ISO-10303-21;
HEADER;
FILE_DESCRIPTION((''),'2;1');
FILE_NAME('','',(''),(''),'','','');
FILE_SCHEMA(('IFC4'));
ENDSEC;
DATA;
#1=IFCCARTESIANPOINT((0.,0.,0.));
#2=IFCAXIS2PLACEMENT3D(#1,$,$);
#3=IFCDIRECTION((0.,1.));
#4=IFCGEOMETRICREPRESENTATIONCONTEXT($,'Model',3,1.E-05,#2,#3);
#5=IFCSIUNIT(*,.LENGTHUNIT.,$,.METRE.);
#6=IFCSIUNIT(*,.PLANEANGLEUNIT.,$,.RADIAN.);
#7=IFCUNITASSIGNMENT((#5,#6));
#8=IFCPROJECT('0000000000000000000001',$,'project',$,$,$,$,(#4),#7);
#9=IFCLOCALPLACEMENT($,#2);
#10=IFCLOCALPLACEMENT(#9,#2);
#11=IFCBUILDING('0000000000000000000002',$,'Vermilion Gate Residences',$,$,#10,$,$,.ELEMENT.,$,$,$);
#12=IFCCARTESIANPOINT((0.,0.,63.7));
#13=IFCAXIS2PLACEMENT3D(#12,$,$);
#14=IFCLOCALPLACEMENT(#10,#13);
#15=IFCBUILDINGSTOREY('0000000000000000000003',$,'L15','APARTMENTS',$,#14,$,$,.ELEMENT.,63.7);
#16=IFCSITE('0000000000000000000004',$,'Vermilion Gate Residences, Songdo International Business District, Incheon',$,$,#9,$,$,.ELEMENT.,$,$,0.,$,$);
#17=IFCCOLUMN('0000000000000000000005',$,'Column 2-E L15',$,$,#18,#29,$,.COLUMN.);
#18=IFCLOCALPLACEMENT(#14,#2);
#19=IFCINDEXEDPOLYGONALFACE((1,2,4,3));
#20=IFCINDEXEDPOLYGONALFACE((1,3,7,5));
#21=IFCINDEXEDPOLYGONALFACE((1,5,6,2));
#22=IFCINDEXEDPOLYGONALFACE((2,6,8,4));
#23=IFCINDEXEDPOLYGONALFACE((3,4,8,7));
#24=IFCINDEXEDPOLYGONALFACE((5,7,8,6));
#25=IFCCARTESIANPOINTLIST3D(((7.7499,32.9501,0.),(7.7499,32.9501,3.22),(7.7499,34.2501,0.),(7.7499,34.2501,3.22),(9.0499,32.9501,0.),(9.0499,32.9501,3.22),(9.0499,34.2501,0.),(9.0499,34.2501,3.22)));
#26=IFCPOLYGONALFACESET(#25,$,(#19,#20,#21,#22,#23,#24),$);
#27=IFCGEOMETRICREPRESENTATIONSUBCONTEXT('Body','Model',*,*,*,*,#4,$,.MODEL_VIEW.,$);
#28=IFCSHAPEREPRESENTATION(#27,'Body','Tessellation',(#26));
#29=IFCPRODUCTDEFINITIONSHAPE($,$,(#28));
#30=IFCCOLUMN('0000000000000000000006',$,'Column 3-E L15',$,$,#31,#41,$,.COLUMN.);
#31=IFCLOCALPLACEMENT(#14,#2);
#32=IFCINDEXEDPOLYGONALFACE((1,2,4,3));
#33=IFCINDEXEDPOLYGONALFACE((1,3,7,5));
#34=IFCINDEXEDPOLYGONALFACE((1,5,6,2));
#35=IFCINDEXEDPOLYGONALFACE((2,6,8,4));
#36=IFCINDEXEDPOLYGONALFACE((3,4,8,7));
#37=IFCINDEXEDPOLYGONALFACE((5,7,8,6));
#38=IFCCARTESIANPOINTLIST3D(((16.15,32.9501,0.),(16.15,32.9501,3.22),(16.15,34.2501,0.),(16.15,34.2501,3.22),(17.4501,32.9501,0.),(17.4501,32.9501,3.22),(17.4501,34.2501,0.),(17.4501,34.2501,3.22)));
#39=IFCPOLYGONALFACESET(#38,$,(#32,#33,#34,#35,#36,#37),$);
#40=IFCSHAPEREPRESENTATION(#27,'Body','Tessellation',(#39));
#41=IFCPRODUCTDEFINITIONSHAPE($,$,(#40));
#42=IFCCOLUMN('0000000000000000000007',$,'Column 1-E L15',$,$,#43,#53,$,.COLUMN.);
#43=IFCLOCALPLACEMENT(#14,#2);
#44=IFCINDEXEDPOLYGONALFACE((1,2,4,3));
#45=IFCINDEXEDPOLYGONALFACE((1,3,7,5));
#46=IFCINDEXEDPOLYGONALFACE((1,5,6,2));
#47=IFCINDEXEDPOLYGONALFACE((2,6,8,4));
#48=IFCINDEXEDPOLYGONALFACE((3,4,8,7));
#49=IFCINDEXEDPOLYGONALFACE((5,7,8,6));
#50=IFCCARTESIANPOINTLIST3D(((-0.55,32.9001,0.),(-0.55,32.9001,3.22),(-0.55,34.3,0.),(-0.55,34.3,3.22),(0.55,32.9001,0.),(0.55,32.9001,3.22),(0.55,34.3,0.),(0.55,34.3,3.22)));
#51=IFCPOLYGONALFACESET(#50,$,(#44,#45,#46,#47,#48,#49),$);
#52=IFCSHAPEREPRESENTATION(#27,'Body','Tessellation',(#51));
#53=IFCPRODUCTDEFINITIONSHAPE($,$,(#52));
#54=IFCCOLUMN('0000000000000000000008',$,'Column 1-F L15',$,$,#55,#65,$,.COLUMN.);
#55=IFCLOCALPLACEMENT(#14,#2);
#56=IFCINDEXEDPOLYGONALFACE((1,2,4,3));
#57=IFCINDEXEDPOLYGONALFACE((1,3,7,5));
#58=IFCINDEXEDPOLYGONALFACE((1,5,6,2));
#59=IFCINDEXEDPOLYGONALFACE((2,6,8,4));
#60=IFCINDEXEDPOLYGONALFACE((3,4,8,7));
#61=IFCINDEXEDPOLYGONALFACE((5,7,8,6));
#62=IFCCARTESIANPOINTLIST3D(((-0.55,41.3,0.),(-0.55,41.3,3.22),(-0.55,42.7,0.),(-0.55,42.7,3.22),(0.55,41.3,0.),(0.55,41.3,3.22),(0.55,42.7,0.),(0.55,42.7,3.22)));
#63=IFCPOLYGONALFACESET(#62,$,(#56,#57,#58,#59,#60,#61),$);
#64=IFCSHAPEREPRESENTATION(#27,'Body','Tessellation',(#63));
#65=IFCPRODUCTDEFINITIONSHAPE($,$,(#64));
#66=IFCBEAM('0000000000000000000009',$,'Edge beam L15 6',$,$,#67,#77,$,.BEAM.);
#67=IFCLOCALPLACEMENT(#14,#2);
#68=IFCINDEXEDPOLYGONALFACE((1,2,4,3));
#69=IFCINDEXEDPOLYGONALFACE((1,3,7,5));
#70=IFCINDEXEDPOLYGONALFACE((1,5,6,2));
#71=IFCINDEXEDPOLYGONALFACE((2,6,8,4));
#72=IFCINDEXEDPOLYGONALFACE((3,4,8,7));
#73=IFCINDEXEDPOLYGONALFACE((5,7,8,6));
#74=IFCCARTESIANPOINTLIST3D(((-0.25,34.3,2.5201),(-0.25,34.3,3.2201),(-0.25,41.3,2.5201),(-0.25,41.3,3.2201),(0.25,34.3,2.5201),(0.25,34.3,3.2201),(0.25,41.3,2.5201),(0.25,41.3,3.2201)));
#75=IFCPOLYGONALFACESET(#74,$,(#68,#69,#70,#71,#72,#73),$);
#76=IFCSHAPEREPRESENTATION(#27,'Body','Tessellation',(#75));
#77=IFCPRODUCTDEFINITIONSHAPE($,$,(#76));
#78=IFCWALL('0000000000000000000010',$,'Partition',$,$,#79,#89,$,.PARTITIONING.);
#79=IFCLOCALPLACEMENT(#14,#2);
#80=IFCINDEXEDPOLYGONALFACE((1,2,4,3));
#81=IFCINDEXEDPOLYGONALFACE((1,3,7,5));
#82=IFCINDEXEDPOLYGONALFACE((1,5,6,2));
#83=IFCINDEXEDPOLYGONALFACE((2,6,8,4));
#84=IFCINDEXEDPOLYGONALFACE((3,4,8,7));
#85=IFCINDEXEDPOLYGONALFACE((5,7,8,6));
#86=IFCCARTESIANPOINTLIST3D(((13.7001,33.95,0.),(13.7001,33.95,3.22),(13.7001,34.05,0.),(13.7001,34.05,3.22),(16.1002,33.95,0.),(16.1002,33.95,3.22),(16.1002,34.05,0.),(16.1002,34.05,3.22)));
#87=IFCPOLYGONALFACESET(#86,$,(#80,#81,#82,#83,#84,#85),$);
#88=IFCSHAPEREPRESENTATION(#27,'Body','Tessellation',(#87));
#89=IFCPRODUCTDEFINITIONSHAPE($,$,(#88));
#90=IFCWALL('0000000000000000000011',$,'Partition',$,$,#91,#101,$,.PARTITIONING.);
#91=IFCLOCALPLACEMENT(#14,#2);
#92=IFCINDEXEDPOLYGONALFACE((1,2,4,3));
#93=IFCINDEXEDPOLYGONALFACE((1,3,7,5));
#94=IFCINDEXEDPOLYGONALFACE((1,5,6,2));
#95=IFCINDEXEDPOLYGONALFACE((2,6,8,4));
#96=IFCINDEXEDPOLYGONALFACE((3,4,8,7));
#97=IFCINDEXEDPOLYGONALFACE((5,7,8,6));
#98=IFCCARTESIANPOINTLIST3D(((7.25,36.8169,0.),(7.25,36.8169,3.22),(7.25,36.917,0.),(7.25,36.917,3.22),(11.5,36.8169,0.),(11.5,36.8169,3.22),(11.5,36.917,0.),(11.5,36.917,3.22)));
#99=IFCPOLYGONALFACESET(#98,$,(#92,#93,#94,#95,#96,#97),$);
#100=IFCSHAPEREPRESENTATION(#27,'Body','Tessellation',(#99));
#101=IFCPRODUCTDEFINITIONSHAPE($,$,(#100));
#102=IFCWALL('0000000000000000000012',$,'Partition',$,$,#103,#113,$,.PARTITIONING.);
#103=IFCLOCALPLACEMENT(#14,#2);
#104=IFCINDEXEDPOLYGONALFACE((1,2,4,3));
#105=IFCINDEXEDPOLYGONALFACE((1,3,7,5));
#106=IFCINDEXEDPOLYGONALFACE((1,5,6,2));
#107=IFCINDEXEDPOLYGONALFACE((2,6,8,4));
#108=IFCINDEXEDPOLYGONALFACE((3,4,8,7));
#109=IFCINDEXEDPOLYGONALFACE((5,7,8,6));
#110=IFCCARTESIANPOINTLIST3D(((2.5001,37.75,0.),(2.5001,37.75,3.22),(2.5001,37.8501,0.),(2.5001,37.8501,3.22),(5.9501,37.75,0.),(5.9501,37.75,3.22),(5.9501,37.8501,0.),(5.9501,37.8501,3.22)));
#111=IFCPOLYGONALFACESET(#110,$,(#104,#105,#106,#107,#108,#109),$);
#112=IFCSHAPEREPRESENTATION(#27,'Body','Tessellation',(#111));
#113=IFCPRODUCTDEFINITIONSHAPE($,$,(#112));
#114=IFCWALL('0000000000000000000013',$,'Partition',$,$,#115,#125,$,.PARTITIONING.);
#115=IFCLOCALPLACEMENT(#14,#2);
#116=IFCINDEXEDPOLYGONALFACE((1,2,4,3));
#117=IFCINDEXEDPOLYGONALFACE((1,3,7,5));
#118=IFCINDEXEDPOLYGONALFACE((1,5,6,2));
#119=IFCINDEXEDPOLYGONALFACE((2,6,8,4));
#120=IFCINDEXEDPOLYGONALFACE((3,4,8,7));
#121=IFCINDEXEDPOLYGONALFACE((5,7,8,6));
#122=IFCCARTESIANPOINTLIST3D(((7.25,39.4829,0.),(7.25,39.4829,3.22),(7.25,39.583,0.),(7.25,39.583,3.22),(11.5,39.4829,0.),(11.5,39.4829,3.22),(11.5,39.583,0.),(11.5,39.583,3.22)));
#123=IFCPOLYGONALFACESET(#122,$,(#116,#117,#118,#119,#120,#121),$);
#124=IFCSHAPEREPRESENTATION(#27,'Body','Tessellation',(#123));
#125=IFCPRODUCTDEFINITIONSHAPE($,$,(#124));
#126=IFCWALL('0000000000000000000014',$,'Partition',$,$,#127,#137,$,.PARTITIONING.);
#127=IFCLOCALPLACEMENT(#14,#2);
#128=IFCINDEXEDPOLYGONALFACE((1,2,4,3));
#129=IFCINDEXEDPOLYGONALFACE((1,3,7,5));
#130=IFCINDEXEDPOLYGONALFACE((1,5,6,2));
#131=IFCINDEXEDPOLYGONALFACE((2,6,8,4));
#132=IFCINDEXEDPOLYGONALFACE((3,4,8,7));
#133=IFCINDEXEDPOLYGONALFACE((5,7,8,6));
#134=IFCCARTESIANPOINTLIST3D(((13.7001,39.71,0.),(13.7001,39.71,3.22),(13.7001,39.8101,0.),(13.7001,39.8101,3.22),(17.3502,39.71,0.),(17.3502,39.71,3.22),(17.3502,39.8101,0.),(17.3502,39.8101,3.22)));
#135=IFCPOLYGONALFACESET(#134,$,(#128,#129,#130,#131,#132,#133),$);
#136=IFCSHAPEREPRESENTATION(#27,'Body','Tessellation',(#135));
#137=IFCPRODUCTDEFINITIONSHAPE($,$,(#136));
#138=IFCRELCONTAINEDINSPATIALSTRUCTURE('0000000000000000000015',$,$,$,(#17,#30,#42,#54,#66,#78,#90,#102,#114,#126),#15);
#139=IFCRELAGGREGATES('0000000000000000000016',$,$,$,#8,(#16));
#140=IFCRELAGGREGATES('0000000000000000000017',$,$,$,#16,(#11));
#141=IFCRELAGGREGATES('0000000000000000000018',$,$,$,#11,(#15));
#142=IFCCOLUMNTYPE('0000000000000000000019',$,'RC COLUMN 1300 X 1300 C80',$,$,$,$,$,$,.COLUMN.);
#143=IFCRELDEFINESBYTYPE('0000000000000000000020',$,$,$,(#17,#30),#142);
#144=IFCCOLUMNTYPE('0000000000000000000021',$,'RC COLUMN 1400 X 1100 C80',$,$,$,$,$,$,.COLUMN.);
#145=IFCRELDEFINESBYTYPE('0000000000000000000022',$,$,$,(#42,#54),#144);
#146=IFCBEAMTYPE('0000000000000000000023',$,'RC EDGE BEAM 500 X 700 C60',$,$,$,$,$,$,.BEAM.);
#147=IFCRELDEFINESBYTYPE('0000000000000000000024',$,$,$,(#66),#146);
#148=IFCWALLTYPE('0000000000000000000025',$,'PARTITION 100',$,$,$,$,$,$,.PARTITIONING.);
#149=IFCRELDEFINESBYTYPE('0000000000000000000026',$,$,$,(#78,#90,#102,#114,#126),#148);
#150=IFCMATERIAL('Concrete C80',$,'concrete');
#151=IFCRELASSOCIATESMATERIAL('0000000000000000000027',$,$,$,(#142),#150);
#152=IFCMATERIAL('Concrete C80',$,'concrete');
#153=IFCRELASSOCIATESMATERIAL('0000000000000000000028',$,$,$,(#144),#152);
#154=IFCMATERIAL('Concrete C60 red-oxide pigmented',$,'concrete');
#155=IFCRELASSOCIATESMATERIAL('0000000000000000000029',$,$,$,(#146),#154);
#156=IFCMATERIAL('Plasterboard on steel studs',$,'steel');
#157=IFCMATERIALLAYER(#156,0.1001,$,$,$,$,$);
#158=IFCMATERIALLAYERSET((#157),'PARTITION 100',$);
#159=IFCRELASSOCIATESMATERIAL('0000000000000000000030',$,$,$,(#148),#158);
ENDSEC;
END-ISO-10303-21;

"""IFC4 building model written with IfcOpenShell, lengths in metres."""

from ifc_helpers import new_model, si_unit, direction, frame, frame_2d, origin, origin_2d, place, context, subcontext, project, spatial, rectangle, extrude, material, layer, layer_set, material_profile, profile_set, type_object, element, save


model = new_model("IFC4")

# Units and contexts
model_context = context("Model", 3, precision=1e-05, world=origin(), true_north=direction((0.0, 1.0)))
body_context = subcontext(model_context, "Body", "Model", "MODEL_VIEW")
ifc_project = project(units=[si_unit("LENGTHUNIT", "METRE"), si_unit("PLANEANGLEUNIT", "RADIAN")], contexts=[model_context])

# Site, building, storey
site_placement = place(None, origin())
site = spatial("IfcSite", under=ifc_project, at=site_placement, Name="Vermilion Gate Residences, Songdo International Business District, Incheon", CompositionType="ELEMENT", RefElevation=0.0)
building_placement = place(site_placement, origin())
building = spatial("IfcBuilding", under=site, at=building_placement, Name="Vermilion Gate Residences", CompositionType="ELEMENT")
storey_placement = place(building_placement, frame((0.0, 0.0, 63.7)))
storey = spatial("IfcBuildingStorey", under=building, at=storey_placement, Name="L15", Description="APARTMENTS", CompositionType="ELEMENT", Elevation=63.7)

# Columns
ifc_material_1 = material(Name="Concrete C80", Category="concrete")
ifc_material_profile_1 = material_profile(ifc_material_1, rectangle(XDim=1.3, YDim=1.3, at=origin_2d()), Name="RC-1300x1300")
ifc_profile_set_1 = profile_set([ifc_material_profile_1], Name="Concrete C80")
column_type_1 = type_object("IfcColumnType", Name="RC COLUMN 1300 X 1300 C80", PredefinedType="COLUMN", material=ifc_profile_set_1)
for number, where, z_axis, x_axis, name in (
    (1, (8.3999, 33.6001, 0.0), (0.0, 0.0, 1.0), (1.0, 0.0, 0.0), "Column 2-E L15"),
    (2, (16.8, 33.6001, 0.0), (0.0, 0.0, 1.0), (1.0, 0.0, 0.0), "Column 3-E L15"),
):
    element("IfcColumn", number, at=place(storey_placement, frame(where, z_axis=z_axis, x_axis=x_axis)), inside=storey, type_object=column_type_1, Name=name, PredefinedType="COLUMN", context=body_context, shape_type="SweptSolid", body=[
        extrude(rectangle(XDim=1.3, YDim=1.3, at=origin_2d()), origin(), (0.0, 0.0, 1.0), 3.22),
    ])
ifc_material_2 = material(Name="Concrete C80", Category="concrete")
ifc_material_profile_2 = material_profile(ifc_material_2, rectangle(XDim=1.3999, YDim=1.1001, at=origin_2d()), Name="RC-1400x1100")
ifc_profile_set_2 = profile_set([ifc_material_profile_2], Name="Concrete C80")
column_type_2 = type_object("IfcColumnType", Name="RC COLUMN 1400 X 1100 C80", PredefinedType="COLUMN", material=ifc_profile_set_2)
for number, where, z_axis, x_axis, name in (
    (3, (0.0, 33.6001, 0.0), (0.0, 0.0, 1.0), (0.0, 1.0, 0.0), "Column 1-E L15"),
    (4, (0.0, 42.0, 0.0), (0.0, 0.0, 1.0), (0.0, 1.0, 0.0), "Column 1-F L15"),
):
    element("IfcColumn", number, at=place(storey_placement, frame(where, z_axis=z_axis, x_axis=x_axis)), inside=storey, type_object=column_type_2, Name=name, PredefinedType="COLUMN", context=body_context, shape_type="SweptSolid", body=[
        extrude(rectangle(XDim=1.3999, YDim=1.1001, at=origin_2d()), origin(), (0.0, 0.0, 1.0), 3.22),
    ])

# Beam
ifc_material_3 = material(Name="Concrete C60 red-oxide pigmented", Category="concrete")
ifc_material_profile_3 = material_profile(ifc_material_3, rectangle(XDim=0.5, YDim=0.7, at=origin_2d()), Name="RC-500x700")
ifc_profile_set_3 = profile_set([ifc_material_profile_3], Name="Concrete C60 red-oxide pigmented")
beam_type = type_object("IfcBeamType", Name="RC EDGE BEAM 500 X 700 C60", PredefinedType="BEAM", material=ifc_profile_set_3)
beam_placement = place(storey_placement, frame((0.0, 34.3, 2.8701), z_axis=(0.0, 1.0, 0.0), x_axis=(-1.0, 0.0, 0.0)))
element("IfcBeam", 5, at=beam_placement, inside=storey, type_object=beam_type, Name="Edge beam L15 6", PredefinedType="BEAM", context=body_context, shape_type="SweptSolid", body=[
    extrude(rectangle(XDim=0.5, YDim=0.7, at=origin_2d()), origin(), (0.0, 0.0, 1.0), 7.0),
])

# Walls
ifc_material_4 = material(Name="Plasterboard on steel studs", Category="steel")
ifc_layer_1 = layer(ifc_material_4, 0.1001)
ifc_layer_set_1 = layer_set([ifc_layer_1], Name="PARTITION 100")
wall_type_1 = type_object("IfcWallType", Name="PARTITION 100", PredefinedType="PARTITIONING", material=ifc_layer_set_1)
wall_1_placement = place(storey_placement, frame((13.7, 34.0, 0.0), z_axis=(0.0, 0.0, 1.0), x_axis=(1.0, 0.0, 0.0)))
element("IfcWall", 6, at=wall_1_placement, inside=storey, type_object=wall_type_1, Name="Partition", PredefinedType="PARTITIONING", context=body_context, shape_type="SweptSolid", body=[
    extrude(rectangle(XDim=2.4001, YDim=0.1001, at=frame_2d((1.2002, 0.0))), origin(), (0.0, 0.0, 1.0), 3.22),
])
wall_2_placement = place(storey_placement, frame((7.25, 36.8669, 0.0), z_axis=(0.0, 0.0, 1.0), x_axis=(1.0, 0.0, 0.0)))
element("IfcWall", 7, at=wall_2_placement, inside=storey, type_object=wall_type_1, Name="Partition", PredefinedType="PARTITIONING", context=body_context, shape_type="SweptSolid", body=[
    extrude(rectangle(XDim=4.25, YDim=0.1001, at=frame_2d((2.125, 0.0))), origin(), (0.0, 0.0, 1.0), 3.22),
])
wall_3_placement = place(storey_placement, frame((2.5, 37.8, 0.0), z_axis=(0.0, 0.0, 1.0), x_axis=(1.0, 0.0, 0.0)))
element("IfcWall", 8, at=wall_3_placement, inside=storey, type_object=wall_type_1, Name="Partition", PredefinedType="PARTITIONING", context=body_context, shape_type="SweptSolid", body=[
    extrude(rectangle(XDim=3.45, YDim=0.1001, at=frame_2d((1.7251, 0.0))), origin(), (0.0, 0.0, 1.0), 3.22),
])
wall_4_placement = place(storey_placement, frame((7.25, 39.533, 0.0), z_axis=(0.0, 0.0, 1.0), x_axis=(1.0, 0.0, 0.0)))
element("IfcWall", 9, at=wall_4_placement, inside=storey, type_object=wall_type_1, Name="Partition", PredefinedType="PARTITIONING", context=body_context, shape_type="SweptSolid", body=[
    extrude(rectangle(XDim=4.25, YDim=0.1001, at=frame_2d((2.125, 0.0))), origin(), (0.0, 0.0, 1.0), 3.22),
])
wall_5_placement = place(storey_placement, frame((13.7, 39.76, 0.0), z_axis=(0.0, 0.0, 1.0), x_axis=(1.0, 0.0, 0.0)))
element("IfcWall", 10, at=wall_5_placement, inside=storey, type_object=wall_type_1, Name="Partition", PredefinedType="PARTITIONING", context=body_context, shape_type="SweptSolid", body=[
    extrude(rectangle(XDim=3.6501, YDim=0.1001, at=frame_2d((1.8252, 0.0))), origin(), (0.0, 0.0, 1.0), 3.22),
])

save(model, "model.ifc")
